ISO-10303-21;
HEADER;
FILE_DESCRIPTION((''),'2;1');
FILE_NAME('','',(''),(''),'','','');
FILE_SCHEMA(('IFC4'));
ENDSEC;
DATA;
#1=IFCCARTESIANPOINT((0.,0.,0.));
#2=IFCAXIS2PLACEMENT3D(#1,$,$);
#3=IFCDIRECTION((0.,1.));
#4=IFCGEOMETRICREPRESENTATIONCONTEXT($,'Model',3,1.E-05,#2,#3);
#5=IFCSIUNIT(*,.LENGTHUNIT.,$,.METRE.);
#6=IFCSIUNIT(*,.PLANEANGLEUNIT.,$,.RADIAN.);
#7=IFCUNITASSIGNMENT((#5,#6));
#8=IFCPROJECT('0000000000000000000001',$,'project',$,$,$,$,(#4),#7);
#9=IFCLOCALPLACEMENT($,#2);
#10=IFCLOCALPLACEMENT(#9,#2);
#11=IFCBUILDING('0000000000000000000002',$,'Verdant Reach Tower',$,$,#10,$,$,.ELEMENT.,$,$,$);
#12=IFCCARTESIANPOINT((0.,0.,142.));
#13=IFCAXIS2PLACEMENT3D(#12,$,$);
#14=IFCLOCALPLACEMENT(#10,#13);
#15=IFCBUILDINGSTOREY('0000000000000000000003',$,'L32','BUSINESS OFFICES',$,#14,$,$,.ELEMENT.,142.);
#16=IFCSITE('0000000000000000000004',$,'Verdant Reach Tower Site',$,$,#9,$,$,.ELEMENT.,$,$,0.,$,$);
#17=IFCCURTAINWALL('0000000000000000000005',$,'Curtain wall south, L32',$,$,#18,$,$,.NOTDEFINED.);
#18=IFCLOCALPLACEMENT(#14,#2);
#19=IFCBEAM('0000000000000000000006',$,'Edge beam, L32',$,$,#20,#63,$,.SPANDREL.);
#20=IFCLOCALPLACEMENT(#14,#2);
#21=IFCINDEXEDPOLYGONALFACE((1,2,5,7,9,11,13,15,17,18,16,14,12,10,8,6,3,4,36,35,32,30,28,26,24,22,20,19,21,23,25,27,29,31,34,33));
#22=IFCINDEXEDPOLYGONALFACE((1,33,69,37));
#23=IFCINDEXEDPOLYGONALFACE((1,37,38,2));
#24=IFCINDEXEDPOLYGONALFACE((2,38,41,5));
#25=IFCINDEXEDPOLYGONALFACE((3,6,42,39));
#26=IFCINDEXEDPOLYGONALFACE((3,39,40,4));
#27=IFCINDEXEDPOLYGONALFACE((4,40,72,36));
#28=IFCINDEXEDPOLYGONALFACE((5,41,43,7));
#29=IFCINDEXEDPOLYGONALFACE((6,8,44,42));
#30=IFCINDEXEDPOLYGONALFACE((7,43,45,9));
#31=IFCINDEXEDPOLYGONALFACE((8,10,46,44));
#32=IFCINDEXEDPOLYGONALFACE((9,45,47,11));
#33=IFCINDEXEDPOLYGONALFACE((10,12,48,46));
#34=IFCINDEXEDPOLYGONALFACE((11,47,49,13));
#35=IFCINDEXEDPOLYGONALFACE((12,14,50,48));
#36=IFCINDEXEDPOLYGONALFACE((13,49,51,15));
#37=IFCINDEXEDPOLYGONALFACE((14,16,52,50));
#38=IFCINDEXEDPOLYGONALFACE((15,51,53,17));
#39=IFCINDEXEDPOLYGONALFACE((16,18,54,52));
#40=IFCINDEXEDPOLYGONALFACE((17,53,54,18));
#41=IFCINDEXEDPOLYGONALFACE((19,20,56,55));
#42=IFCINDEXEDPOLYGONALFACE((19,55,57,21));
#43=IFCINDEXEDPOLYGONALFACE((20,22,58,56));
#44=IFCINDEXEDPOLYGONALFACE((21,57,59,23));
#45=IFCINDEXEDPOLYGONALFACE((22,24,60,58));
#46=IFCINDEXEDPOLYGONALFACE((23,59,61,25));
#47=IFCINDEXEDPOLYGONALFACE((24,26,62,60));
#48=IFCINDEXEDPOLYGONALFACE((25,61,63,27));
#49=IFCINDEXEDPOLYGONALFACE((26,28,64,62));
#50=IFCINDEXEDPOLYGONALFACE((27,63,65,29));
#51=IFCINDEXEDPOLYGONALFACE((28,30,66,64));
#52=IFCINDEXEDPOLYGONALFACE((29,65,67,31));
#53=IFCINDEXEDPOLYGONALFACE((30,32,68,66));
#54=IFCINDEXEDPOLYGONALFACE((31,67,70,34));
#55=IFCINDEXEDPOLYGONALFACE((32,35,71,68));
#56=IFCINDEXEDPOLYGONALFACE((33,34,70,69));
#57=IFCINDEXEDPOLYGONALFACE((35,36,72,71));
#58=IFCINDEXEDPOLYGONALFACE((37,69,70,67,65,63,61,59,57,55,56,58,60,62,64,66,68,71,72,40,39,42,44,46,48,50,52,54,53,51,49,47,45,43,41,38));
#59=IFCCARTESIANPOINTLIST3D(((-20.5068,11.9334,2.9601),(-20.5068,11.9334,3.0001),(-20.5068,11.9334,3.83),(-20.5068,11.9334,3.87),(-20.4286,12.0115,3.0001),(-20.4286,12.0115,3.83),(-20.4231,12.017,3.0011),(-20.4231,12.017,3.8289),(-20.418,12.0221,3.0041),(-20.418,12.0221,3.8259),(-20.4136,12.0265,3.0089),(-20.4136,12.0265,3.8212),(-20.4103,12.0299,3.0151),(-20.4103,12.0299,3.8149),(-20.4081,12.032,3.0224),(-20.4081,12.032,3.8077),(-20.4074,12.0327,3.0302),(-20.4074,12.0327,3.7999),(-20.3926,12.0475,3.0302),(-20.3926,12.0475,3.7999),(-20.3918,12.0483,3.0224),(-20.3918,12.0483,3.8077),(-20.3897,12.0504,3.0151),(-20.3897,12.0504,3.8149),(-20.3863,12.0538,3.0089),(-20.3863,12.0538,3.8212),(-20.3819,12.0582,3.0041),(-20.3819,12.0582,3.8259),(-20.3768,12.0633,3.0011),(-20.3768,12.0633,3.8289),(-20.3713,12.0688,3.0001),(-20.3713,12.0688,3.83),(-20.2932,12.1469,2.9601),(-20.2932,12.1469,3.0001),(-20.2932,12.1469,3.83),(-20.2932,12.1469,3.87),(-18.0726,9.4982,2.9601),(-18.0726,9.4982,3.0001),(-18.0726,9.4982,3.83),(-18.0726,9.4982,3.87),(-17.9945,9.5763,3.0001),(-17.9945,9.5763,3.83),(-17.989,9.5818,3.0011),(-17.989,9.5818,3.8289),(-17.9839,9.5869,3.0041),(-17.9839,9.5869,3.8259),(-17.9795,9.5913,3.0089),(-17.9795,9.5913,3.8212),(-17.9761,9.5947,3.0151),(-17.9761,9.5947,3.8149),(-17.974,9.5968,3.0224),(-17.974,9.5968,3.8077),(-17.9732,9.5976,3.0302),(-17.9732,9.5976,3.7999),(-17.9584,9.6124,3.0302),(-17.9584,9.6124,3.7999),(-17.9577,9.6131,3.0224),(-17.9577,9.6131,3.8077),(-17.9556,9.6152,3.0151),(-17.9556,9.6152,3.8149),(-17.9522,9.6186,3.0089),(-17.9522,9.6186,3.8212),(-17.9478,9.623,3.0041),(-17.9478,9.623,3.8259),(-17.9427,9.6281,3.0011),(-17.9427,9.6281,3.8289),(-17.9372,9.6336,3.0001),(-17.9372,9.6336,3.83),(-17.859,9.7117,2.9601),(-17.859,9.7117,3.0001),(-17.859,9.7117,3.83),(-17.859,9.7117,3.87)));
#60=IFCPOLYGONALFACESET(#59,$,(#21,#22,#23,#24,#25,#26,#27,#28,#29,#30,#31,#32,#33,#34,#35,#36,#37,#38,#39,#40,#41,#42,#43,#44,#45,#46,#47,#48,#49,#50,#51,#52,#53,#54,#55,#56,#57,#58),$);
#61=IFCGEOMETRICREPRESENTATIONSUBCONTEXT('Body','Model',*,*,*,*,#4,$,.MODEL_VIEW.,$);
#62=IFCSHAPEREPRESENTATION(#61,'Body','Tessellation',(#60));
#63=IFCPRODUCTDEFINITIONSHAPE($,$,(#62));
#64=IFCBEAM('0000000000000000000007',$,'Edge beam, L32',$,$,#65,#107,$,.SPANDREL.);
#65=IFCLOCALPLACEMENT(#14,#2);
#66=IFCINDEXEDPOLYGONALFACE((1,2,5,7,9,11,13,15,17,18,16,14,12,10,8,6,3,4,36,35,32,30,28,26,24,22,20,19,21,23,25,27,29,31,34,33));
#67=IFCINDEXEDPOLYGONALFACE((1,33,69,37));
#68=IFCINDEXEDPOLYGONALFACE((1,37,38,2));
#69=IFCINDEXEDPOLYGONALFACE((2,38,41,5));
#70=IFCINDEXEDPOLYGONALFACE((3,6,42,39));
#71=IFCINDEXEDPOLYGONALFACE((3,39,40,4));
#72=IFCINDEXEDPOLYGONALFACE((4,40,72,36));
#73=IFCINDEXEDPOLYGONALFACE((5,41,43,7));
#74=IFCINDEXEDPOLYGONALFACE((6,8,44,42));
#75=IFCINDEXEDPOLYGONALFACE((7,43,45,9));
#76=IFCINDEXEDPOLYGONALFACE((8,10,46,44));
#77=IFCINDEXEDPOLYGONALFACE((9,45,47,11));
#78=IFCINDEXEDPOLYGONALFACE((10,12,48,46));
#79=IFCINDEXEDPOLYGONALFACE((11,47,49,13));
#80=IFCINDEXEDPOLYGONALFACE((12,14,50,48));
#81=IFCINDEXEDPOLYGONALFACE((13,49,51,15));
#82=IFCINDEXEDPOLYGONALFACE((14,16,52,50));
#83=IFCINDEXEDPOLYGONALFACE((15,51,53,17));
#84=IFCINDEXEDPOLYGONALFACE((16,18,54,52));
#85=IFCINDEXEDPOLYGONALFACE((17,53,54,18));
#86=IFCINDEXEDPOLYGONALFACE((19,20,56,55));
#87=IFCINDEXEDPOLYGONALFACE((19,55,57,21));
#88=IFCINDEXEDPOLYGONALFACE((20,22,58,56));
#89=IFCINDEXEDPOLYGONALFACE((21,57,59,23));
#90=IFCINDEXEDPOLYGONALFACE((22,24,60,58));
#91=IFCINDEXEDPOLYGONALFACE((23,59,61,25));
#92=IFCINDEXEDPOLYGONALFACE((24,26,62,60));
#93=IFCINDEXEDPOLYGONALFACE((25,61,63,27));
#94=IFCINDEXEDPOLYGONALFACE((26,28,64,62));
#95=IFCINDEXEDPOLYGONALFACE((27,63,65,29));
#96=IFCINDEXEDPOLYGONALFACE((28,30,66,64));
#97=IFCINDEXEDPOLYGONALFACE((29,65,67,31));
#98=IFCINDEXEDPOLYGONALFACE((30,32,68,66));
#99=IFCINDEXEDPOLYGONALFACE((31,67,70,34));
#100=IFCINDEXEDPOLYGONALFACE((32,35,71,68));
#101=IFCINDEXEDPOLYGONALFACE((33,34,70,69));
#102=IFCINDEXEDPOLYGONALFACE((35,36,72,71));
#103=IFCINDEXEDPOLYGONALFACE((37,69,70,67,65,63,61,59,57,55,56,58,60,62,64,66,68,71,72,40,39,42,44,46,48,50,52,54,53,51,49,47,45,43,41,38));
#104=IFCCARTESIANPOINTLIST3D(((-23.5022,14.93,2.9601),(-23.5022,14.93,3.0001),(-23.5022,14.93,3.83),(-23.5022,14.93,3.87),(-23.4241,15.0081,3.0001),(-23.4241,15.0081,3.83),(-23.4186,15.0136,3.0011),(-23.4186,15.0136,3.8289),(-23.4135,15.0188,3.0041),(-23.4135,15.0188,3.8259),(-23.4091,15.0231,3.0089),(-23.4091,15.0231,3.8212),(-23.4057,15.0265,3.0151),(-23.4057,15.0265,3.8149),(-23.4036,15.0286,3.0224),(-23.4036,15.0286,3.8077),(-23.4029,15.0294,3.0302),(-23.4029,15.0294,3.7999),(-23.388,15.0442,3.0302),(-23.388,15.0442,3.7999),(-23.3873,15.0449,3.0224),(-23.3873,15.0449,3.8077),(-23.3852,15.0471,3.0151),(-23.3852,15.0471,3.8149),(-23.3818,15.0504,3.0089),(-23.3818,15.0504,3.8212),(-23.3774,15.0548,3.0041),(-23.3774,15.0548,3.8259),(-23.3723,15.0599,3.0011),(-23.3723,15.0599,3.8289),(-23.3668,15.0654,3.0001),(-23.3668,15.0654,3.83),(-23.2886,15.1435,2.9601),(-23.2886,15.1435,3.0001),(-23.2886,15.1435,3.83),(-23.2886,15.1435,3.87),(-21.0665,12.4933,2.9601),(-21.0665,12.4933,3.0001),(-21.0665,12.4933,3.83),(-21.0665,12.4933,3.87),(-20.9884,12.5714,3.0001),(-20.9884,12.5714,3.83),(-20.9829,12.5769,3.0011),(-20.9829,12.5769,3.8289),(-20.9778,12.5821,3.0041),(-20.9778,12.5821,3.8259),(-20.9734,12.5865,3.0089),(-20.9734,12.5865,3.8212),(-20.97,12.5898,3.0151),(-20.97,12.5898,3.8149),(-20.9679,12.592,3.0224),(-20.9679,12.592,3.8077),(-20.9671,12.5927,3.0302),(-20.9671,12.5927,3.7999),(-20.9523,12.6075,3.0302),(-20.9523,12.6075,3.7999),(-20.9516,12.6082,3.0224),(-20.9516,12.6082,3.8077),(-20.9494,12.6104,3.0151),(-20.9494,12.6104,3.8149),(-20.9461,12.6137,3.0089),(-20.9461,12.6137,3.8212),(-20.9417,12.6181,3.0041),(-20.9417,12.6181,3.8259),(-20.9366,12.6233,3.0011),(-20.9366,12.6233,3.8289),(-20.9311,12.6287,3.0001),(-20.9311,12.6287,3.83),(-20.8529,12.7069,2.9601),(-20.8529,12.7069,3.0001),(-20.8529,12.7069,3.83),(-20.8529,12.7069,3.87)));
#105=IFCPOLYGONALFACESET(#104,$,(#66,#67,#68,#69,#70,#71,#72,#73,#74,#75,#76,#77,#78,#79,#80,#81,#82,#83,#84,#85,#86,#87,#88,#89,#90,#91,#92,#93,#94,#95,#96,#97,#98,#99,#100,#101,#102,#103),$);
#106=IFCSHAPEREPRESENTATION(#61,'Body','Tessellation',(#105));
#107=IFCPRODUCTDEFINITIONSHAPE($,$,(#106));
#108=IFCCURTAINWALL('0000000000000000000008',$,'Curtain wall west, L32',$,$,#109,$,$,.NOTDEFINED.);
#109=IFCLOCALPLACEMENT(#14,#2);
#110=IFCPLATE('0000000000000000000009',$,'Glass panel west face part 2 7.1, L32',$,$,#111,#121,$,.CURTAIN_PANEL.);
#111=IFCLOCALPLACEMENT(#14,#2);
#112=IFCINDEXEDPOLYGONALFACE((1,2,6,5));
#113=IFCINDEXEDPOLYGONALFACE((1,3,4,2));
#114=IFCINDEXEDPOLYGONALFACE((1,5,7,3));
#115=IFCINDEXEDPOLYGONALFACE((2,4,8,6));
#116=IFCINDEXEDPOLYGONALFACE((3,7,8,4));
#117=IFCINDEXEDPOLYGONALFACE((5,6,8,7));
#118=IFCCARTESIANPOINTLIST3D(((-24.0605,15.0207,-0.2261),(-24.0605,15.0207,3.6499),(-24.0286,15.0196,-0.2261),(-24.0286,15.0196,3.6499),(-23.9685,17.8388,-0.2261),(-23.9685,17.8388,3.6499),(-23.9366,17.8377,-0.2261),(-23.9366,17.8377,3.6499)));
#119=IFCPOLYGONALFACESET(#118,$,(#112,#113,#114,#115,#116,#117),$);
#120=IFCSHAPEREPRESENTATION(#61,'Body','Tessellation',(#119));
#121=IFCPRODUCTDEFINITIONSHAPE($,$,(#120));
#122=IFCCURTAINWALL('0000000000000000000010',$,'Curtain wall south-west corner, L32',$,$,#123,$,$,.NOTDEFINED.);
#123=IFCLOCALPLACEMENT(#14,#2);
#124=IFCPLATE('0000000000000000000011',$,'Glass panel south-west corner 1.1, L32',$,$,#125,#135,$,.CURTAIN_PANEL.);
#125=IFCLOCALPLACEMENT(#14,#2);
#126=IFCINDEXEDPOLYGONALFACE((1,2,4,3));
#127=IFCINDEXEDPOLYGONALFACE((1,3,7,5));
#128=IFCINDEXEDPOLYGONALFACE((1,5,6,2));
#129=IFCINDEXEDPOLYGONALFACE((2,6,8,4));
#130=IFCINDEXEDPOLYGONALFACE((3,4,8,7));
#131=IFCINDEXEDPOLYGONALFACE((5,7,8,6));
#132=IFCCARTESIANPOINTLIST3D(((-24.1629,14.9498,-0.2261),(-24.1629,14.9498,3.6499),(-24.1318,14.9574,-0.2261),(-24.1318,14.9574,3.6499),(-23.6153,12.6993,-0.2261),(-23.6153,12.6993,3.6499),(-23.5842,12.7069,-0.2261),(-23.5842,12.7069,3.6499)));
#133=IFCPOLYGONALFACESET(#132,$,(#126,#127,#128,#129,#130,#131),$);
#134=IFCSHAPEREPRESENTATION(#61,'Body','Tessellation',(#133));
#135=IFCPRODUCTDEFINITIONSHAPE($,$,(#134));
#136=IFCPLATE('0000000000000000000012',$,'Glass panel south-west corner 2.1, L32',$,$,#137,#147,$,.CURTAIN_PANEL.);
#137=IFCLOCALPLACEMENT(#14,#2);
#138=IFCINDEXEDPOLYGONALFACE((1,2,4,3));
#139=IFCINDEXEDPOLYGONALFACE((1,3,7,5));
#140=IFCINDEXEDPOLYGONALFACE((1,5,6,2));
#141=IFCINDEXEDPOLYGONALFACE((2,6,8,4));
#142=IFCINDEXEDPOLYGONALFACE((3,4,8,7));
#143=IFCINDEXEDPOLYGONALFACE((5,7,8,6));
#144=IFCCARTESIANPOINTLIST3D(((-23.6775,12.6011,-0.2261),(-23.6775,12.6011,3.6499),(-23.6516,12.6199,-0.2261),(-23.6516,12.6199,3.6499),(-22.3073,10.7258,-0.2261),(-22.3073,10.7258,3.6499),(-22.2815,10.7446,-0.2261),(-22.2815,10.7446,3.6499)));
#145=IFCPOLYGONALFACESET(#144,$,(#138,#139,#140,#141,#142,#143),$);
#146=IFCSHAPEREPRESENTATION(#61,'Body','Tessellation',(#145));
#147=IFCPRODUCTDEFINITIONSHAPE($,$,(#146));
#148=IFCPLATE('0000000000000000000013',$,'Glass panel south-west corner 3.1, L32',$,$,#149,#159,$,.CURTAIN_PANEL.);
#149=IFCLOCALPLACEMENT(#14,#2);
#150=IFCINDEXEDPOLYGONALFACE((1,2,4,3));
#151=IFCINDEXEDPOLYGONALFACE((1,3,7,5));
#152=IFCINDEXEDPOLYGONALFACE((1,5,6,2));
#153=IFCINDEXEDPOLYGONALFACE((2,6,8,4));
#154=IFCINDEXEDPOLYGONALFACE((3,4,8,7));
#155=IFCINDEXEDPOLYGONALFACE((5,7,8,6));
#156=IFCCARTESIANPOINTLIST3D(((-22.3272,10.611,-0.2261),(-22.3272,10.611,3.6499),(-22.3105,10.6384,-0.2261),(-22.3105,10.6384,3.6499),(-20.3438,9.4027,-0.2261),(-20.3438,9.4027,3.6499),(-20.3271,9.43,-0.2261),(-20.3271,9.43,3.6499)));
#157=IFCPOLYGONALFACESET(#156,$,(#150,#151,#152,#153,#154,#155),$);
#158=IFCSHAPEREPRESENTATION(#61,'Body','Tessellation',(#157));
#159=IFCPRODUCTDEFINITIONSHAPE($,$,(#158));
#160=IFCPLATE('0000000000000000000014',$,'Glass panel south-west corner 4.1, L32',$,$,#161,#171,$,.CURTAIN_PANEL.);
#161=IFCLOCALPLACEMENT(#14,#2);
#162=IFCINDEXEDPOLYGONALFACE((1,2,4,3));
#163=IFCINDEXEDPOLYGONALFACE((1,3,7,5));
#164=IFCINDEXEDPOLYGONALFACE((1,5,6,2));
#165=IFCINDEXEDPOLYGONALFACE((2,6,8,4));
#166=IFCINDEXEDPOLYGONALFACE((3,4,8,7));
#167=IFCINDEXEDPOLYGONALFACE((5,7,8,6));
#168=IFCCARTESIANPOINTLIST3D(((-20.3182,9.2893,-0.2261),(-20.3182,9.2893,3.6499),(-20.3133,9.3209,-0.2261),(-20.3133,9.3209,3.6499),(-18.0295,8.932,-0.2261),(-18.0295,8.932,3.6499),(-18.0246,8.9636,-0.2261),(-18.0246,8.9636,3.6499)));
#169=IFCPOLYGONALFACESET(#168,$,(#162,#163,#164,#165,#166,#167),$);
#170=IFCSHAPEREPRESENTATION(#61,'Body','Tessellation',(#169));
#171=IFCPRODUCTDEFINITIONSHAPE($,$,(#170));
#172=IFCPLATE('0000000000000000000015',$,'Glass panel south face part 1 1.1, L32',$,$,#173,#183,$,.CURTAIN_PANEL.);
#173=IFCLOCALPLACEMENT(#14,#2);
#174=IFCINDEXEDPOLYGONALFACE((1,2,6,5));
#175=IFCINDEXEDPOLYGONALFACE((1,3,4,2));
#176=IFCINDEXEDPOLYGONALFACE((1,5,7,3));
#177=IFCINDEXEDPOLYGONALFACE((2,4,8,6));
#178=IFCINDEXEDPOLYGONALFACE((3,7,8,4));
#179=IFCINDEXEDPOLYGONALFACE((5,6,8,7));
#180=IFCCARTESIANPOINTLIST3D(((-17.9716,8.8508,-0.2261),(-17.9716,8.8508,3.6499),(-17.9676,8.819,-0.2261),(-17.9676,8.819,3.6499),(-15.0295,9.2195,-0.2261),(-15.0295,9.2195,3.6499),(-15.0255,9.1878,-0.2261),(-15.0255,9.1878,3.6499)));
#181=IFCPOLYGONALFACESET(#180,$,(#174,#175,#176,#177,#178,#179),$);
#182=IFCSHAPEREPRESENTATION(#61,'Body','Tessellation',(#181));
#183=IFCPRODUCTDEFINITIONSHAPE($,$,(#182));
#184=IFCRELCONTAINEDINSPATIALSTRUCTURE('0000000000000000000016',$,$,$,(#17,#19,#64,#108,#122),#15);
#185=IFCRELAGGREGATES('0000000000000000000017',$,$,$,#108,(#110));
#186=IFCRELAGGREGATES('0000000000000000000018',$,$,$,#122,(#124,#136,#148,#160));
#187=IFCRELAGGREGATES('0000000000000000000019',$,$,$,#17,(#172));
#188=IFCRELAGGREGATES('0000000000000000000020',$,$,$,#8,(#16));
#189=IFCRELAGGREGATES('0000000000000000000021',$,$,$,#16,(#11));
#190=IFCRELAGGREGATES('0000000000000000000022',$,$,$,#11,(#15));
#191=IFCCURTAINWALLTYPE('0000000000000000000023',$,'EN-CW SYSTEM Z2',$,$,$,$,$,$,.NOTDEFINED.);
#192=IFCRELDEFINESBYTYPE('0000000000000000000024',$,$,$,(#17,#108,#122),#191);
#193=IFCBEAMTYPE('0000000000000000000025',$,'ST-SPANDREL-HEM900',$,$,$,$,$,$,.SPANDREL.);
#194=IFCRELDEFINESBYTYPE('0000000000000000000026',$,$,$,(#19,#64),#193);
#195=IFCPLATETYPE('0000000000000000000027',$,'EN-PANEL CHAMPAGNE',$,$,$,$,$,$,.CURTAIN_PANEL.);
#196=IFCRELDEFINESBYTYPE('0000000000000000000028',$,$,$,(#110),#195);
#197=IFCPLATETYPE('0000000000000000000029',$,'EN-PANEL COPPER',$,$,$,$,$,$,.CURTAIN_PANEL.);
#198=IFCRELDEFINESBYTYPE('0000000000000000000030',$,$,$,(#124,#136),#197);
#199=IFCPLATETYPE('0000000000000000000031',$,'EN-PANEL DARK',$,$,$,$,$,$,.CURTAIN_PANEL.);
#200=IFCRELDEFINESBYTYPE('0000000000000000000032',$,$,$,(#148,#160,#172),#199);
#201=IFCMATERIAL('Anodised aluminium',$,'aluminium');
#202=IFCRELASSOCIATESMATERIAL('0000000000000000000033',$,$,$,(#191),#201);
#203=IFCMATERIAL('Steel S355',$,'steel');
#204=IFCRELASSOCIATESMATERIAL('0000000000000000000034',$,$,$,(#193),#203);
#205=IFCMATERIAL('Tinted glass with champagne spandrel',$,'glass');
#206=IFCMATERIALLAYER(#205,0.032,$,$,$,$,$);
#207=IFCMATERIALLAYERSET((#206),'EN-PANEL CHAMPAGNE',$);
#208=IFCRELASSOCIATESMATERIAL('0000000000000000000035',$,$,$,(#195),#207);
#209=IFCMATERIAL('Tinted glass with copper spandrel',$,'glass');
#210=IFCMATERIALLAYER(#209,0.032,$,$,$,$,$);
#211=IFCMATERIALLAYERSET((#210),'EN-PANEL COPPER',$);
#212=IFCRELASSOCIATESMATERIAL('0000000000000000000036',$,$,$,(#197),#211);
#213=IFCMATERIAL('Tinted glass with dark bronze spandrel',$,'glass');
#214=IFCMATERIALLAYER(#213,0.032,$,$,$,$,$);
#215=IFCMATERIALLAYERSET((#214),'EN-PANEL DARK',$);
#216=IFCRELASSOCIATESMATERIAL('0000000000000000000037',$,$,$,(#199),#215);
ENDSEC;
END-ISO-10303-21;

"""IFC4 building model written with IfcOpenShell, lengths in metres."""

from ifc_helpers import new_model, si_unit, direction, frame, origin, origin_2d, place, context, subcontext, project, spatial, rectangle, i_section, extrude, material, layer, layer_set, material_profile, profile_set, type_object, element, aggregate, save


model = new_model("IFC4")

# Units and contexts
model_context = context("Model", 3, precision=1e-05, world=origin(), true_north=direction((0.0, 1.0)))
body_context = subcontext(model_context, "Body", "Model", "MODEL_VIEW")
ifc_project = project(units=[si_unit("LENGTHUNIT", "METRE"), si_unit("PLANEANGLEUNIT", "RADIAN")], contexts=[model_context])

# Site, building, storey
site_placement = place(None, origin())
site = spatial("IfcSite", under=ifc_project, at=site_placement, Name="Verdant Reach Tower Site", CompositionType="ELEMENT", RefElevation=0.0)
building_placement = place(site_placement, origin())
building = spatial("IfcBuilding", under=site, at=building_placement, Name="Verdant Reach Tower", CompositionType="ELEMENT")
storey_placement = place(building_placement, frame((0.0, 0.0, 142.0)))
storey = spatial("IfcBuildingStorey", under=building, at=storey_placement, Name="L32", Description="BUSINESS OFFICES", CompositionType="ELEMENT", Elevation=142.0)

# Curtain wall
ifc_material_1 = material(Name="Anodised aluminium", Category="aluminium")
curtain_wall_type = type_object("IfcCurtainWallType", Name="EN-CW SYSTEM Z2", PredefinedType="NOTDEFINED", material=ifc_material_1)
curtain_wall_1_placement = place(storey_placement, origin())
curtain_wall_1 = element("IfcCurtainWall", 1, at=curtain_wall_1_placement, inside=storey, type_object=curtain_wall_type, Name="Curtain wall south, L32", PredefinedType="NOTDEFINED")

# Beams
ifc_material_2 = material(Name="Steel S355", Category="steel")
ifc_material_profile_1 = material_profile(ifc_material_2, i_section(OverallWidth=0.302, OverallDepth=0.9099, WebThickness=0.021, FlangeThickness=0.04, FilletRadius=0.03, at=origin_2d()), Name="HEM 900")
ifc_profile_set_1 = profile_set([ifc_material_profile_1], Name="Steel S355")
beam_type_1 = type_object("IfcBeamType", Name="ST-SPANDREL-HEM900", PredefinedType="SPANDREL", material=ifc_profile_set_1)
beam_1_placement = place(storey_placement, frame((-17.9658, 9.605, 3.415), z_axis=(-0.706965, 0.707249, 0.0), x_axis=(-0.707249, -0.706965, 0.0)))
element("IfcBeam", 2, at=beam_1_placement, inside=storey, type_object=beam_type_1, Name="Edge beam, L32", PredefinedType="SPANDREL", context=body_context, shape_type="SweptSolid", body=[
    extrude(i_section(OverallWidth=0.302, OverallDepth=0.9099, WebThickness=0.021, FlangeThickness=0.04, FilletRadius=0.03, at=origin_2d()), origin(), (0.0, 0.0, 1.0), 3.4431),
])
beam_2_placement = place(storey_placement, frame((-20.9597, 12.6001, 3.415), z_axis=(-0.706965, 0.707248, 0.0), x_axis=(-0.707248, -0.706965, 0.0)))
element("IfcBeam", 3, at=beam_2_placement, inside=storey, type_object=beam_type_1, Name="Edge beam, L32", PredefinedType="SPANDREL", context=body_context, shape_type="SweptSolid", body=[
    extrude(i_section(OverallWidth=0.302, OverallDepth=0.9099, WebThickness=0.021, FlangeThickness=0.04, FilletRadius=0.03, at=origin_2d()), origin(), (0.0, 0.0, 1.0), 3.4453),
])

# Curtain wall, plate
curtain_wall_2_placement = place(storey_placement, origin())
curtain_wall_2 = element("IfcCurtainWall", 4, at=curtain_wall_2_placement, inside=storey, type_object=curtain_wall_type, Name="Curtain wall west, L32", PredefinedType="NOTDEFINED")
ifc_material_3 = material(Name="Tinted glass with champagne spandrel", Category="glass")
ifc_layer_1 = layer(ifc_material_3, 0.032)
ifc_layer_set_1 = layer_set([ifc_layer_1], Name="EN-PANEL CHAMPAGNE")
plate_type_1 = type_object("IfcPlateType", Name="EN-PANEL CHAMPAGNE", PredefinedType="CURTAIN_PANEL", material=ifc_layer_set_1)
plate_1_placement = place(storey_placement, frame((-23.9985, 16.4292, -0.2261), z_axis=(0.0, 0.0, 1.0), x_axis=(-0.032628, -0.999468, 0.0)))
plate_1 = element("IfcPlate", 5, at=plate_1_placement, type_object=plate_type_1, Name="Glass panel west face part 2 7.1, L32", PredefinedType="CURTAIN_PANEL", context=body_context, shape_type="SweptSolid", body=[
    extrude(rectangle(XDim=2.8196, YDim=0.032, at=origin_2d()), origin(), (0.0, 0.0, 1.0), 3.876),
])
aggregate(curtain_wall_2, [plate_1])

# Curtain wall, plates
curtain_wall_3_placement = place(storey_placement, origin())
curtain_wall_3 = element("IfcCurtainWall", 6, at=curtain_wall_3_placement, inside=storey, type_object=curtain_wall_type, Name="Curtain wall south-west corner, L32", PredefinedType="NOTDEFINED")
ifc_material_4 = material(Name="Tinted glass with copper spandrel", Category="glass")
ifc_layer_2 = layer(ifc_material_4, 0.032)
ifc_layer_set_2 = layer_set([ifc_layer_2], Name="EN-PANEL COPPER")
plate_type_2 = type_object("IfcPlateType", Name="EN-PANEL COPPER", PredefinedType="CURTAIN_PANEL", material=ifc_layer_set_2)
plate_2_placement = place(storey_placement, frame((-23.8735, 13.8284, -0.2261), z_axis=(0.0, 0.0, 1.0), x_axis=(0.236416, -0.971652, 0.0)))
plate_2 = element("IfcPlate", 7, at=plate_2_placement, type_object=plate_type_2, Name="Glass panel south-west corner 1.1, L32", PredefinedType="CURTAIN_PANEL", context=body_context, shape_type="SweptSolid", body=[
    extrude(rectangle(XDim=2.3162, YDim=0.032, at=origin_2d()), origin(), (0.0, 0.0, 1.0), 3.876),
])
plate_3_placement = place(storey_placement, frame((-22.9795, 11.6729, -0.2261), z_axis=(0.0, 0.0, 1.0), x_axis=(0.589927, -0.807457, 0.0)))
plate_3 = element("IfcPlate", 8, at=plate_3_placement, type_object=plate_type_2, Name="Glass panel south-west corner 2.1, L32", PredefinedType="CURTAIN_PANEL", context=body_context, shape_type="SweptSolid", body=[
    extrude(rectangle(XDim=2.3225, YDim=0.032, at=origin_2d()), origin(), (0.0, 0.0, 1.0), 3.876),
])
ifc_material_5 = material(Name="Tinted glass with dark bronze spandrel", Category="glass")
ifc_layer_3 = layer(ifc_material_5, 0.032)
ifc_layer_set_3 = layer_set([ifc_layer_3], Name="EN-PANEL DARK")
plate_type_3 = type_object("IfcPlateType", Name="EN-PANEL DARK", PredefinedType="CURTAIN_PANEL", material=ifc_layer_set_3)
plate_4_placement = place(storey_placement, frame((-21.3271, 10.0205, -0.2261), z_axis=(0.0, 0.0, 1.0), x_axis=(0.853989, -0.520292, 0.0)))
plate_4 = element("IfcPlate", 9, at=plate_4_placement, type_object=plate_type_3, Name="Glass panel south-west corner 3.1, L32", PredefinedType="CURTAIN_PANEL", context=body_context, shape_type="SweptSolid", body=[
    extrude(rectangle(XDim=2.3225, YDim=0.032, at=origin_2d()), origin(), (0.0, 0.0, 1.0), 3.876),
])
plate_5_placement = place(storey_placement, frame((-19.1714, 9.1265, -0.2261), z_axis=(0.0, 0.0, 1.0), x_axis=(0.988031, -0.154256, 0.0)))
plate_5 = element("IfcPlate", 10, at=plate_5_placement, type_object=plate_type_3, Name="Glass panel south-west corner 4.1, L32", PredefinedType="CURTAIN_PANEL", context=body_context, shape_type="SweptSolid", body=[
    extrude(rectangle(XDim=2.3164, YDim=0.032, at=origin_2d()), origin(), (0.0, 0.0, 1.0), 3.876),
])
aggregate(curtain_wall_3, [plate_2, plate_3, plate_4, plate_5])

# Plate
plate_6_placement = place(storey_placement, frame((-16.4985, 9.0193, -0.2261), z_axis=(0.0, 0.0, 1.0), x_axis=(0.992237, 0.124365, 0.0)))
plate_6 = element("IfcPlate", 11, at=plate_6_placement, type_object=plate_type_3, Name="Glass panel south face part 1 1.1, L32", PredefinedType="CURTAIN_PANEL", context=body_context, shape_type="SweptSolid", body=[
    extrude(rectangle(XDim=2.9651, YDim=0.032, at=origin_2d()), origin(), (0.0, 0.0, 1.0), 3.876),
])
aggregate(curtain_wall_1, [plate_6])

save(model, "model.ifc")
